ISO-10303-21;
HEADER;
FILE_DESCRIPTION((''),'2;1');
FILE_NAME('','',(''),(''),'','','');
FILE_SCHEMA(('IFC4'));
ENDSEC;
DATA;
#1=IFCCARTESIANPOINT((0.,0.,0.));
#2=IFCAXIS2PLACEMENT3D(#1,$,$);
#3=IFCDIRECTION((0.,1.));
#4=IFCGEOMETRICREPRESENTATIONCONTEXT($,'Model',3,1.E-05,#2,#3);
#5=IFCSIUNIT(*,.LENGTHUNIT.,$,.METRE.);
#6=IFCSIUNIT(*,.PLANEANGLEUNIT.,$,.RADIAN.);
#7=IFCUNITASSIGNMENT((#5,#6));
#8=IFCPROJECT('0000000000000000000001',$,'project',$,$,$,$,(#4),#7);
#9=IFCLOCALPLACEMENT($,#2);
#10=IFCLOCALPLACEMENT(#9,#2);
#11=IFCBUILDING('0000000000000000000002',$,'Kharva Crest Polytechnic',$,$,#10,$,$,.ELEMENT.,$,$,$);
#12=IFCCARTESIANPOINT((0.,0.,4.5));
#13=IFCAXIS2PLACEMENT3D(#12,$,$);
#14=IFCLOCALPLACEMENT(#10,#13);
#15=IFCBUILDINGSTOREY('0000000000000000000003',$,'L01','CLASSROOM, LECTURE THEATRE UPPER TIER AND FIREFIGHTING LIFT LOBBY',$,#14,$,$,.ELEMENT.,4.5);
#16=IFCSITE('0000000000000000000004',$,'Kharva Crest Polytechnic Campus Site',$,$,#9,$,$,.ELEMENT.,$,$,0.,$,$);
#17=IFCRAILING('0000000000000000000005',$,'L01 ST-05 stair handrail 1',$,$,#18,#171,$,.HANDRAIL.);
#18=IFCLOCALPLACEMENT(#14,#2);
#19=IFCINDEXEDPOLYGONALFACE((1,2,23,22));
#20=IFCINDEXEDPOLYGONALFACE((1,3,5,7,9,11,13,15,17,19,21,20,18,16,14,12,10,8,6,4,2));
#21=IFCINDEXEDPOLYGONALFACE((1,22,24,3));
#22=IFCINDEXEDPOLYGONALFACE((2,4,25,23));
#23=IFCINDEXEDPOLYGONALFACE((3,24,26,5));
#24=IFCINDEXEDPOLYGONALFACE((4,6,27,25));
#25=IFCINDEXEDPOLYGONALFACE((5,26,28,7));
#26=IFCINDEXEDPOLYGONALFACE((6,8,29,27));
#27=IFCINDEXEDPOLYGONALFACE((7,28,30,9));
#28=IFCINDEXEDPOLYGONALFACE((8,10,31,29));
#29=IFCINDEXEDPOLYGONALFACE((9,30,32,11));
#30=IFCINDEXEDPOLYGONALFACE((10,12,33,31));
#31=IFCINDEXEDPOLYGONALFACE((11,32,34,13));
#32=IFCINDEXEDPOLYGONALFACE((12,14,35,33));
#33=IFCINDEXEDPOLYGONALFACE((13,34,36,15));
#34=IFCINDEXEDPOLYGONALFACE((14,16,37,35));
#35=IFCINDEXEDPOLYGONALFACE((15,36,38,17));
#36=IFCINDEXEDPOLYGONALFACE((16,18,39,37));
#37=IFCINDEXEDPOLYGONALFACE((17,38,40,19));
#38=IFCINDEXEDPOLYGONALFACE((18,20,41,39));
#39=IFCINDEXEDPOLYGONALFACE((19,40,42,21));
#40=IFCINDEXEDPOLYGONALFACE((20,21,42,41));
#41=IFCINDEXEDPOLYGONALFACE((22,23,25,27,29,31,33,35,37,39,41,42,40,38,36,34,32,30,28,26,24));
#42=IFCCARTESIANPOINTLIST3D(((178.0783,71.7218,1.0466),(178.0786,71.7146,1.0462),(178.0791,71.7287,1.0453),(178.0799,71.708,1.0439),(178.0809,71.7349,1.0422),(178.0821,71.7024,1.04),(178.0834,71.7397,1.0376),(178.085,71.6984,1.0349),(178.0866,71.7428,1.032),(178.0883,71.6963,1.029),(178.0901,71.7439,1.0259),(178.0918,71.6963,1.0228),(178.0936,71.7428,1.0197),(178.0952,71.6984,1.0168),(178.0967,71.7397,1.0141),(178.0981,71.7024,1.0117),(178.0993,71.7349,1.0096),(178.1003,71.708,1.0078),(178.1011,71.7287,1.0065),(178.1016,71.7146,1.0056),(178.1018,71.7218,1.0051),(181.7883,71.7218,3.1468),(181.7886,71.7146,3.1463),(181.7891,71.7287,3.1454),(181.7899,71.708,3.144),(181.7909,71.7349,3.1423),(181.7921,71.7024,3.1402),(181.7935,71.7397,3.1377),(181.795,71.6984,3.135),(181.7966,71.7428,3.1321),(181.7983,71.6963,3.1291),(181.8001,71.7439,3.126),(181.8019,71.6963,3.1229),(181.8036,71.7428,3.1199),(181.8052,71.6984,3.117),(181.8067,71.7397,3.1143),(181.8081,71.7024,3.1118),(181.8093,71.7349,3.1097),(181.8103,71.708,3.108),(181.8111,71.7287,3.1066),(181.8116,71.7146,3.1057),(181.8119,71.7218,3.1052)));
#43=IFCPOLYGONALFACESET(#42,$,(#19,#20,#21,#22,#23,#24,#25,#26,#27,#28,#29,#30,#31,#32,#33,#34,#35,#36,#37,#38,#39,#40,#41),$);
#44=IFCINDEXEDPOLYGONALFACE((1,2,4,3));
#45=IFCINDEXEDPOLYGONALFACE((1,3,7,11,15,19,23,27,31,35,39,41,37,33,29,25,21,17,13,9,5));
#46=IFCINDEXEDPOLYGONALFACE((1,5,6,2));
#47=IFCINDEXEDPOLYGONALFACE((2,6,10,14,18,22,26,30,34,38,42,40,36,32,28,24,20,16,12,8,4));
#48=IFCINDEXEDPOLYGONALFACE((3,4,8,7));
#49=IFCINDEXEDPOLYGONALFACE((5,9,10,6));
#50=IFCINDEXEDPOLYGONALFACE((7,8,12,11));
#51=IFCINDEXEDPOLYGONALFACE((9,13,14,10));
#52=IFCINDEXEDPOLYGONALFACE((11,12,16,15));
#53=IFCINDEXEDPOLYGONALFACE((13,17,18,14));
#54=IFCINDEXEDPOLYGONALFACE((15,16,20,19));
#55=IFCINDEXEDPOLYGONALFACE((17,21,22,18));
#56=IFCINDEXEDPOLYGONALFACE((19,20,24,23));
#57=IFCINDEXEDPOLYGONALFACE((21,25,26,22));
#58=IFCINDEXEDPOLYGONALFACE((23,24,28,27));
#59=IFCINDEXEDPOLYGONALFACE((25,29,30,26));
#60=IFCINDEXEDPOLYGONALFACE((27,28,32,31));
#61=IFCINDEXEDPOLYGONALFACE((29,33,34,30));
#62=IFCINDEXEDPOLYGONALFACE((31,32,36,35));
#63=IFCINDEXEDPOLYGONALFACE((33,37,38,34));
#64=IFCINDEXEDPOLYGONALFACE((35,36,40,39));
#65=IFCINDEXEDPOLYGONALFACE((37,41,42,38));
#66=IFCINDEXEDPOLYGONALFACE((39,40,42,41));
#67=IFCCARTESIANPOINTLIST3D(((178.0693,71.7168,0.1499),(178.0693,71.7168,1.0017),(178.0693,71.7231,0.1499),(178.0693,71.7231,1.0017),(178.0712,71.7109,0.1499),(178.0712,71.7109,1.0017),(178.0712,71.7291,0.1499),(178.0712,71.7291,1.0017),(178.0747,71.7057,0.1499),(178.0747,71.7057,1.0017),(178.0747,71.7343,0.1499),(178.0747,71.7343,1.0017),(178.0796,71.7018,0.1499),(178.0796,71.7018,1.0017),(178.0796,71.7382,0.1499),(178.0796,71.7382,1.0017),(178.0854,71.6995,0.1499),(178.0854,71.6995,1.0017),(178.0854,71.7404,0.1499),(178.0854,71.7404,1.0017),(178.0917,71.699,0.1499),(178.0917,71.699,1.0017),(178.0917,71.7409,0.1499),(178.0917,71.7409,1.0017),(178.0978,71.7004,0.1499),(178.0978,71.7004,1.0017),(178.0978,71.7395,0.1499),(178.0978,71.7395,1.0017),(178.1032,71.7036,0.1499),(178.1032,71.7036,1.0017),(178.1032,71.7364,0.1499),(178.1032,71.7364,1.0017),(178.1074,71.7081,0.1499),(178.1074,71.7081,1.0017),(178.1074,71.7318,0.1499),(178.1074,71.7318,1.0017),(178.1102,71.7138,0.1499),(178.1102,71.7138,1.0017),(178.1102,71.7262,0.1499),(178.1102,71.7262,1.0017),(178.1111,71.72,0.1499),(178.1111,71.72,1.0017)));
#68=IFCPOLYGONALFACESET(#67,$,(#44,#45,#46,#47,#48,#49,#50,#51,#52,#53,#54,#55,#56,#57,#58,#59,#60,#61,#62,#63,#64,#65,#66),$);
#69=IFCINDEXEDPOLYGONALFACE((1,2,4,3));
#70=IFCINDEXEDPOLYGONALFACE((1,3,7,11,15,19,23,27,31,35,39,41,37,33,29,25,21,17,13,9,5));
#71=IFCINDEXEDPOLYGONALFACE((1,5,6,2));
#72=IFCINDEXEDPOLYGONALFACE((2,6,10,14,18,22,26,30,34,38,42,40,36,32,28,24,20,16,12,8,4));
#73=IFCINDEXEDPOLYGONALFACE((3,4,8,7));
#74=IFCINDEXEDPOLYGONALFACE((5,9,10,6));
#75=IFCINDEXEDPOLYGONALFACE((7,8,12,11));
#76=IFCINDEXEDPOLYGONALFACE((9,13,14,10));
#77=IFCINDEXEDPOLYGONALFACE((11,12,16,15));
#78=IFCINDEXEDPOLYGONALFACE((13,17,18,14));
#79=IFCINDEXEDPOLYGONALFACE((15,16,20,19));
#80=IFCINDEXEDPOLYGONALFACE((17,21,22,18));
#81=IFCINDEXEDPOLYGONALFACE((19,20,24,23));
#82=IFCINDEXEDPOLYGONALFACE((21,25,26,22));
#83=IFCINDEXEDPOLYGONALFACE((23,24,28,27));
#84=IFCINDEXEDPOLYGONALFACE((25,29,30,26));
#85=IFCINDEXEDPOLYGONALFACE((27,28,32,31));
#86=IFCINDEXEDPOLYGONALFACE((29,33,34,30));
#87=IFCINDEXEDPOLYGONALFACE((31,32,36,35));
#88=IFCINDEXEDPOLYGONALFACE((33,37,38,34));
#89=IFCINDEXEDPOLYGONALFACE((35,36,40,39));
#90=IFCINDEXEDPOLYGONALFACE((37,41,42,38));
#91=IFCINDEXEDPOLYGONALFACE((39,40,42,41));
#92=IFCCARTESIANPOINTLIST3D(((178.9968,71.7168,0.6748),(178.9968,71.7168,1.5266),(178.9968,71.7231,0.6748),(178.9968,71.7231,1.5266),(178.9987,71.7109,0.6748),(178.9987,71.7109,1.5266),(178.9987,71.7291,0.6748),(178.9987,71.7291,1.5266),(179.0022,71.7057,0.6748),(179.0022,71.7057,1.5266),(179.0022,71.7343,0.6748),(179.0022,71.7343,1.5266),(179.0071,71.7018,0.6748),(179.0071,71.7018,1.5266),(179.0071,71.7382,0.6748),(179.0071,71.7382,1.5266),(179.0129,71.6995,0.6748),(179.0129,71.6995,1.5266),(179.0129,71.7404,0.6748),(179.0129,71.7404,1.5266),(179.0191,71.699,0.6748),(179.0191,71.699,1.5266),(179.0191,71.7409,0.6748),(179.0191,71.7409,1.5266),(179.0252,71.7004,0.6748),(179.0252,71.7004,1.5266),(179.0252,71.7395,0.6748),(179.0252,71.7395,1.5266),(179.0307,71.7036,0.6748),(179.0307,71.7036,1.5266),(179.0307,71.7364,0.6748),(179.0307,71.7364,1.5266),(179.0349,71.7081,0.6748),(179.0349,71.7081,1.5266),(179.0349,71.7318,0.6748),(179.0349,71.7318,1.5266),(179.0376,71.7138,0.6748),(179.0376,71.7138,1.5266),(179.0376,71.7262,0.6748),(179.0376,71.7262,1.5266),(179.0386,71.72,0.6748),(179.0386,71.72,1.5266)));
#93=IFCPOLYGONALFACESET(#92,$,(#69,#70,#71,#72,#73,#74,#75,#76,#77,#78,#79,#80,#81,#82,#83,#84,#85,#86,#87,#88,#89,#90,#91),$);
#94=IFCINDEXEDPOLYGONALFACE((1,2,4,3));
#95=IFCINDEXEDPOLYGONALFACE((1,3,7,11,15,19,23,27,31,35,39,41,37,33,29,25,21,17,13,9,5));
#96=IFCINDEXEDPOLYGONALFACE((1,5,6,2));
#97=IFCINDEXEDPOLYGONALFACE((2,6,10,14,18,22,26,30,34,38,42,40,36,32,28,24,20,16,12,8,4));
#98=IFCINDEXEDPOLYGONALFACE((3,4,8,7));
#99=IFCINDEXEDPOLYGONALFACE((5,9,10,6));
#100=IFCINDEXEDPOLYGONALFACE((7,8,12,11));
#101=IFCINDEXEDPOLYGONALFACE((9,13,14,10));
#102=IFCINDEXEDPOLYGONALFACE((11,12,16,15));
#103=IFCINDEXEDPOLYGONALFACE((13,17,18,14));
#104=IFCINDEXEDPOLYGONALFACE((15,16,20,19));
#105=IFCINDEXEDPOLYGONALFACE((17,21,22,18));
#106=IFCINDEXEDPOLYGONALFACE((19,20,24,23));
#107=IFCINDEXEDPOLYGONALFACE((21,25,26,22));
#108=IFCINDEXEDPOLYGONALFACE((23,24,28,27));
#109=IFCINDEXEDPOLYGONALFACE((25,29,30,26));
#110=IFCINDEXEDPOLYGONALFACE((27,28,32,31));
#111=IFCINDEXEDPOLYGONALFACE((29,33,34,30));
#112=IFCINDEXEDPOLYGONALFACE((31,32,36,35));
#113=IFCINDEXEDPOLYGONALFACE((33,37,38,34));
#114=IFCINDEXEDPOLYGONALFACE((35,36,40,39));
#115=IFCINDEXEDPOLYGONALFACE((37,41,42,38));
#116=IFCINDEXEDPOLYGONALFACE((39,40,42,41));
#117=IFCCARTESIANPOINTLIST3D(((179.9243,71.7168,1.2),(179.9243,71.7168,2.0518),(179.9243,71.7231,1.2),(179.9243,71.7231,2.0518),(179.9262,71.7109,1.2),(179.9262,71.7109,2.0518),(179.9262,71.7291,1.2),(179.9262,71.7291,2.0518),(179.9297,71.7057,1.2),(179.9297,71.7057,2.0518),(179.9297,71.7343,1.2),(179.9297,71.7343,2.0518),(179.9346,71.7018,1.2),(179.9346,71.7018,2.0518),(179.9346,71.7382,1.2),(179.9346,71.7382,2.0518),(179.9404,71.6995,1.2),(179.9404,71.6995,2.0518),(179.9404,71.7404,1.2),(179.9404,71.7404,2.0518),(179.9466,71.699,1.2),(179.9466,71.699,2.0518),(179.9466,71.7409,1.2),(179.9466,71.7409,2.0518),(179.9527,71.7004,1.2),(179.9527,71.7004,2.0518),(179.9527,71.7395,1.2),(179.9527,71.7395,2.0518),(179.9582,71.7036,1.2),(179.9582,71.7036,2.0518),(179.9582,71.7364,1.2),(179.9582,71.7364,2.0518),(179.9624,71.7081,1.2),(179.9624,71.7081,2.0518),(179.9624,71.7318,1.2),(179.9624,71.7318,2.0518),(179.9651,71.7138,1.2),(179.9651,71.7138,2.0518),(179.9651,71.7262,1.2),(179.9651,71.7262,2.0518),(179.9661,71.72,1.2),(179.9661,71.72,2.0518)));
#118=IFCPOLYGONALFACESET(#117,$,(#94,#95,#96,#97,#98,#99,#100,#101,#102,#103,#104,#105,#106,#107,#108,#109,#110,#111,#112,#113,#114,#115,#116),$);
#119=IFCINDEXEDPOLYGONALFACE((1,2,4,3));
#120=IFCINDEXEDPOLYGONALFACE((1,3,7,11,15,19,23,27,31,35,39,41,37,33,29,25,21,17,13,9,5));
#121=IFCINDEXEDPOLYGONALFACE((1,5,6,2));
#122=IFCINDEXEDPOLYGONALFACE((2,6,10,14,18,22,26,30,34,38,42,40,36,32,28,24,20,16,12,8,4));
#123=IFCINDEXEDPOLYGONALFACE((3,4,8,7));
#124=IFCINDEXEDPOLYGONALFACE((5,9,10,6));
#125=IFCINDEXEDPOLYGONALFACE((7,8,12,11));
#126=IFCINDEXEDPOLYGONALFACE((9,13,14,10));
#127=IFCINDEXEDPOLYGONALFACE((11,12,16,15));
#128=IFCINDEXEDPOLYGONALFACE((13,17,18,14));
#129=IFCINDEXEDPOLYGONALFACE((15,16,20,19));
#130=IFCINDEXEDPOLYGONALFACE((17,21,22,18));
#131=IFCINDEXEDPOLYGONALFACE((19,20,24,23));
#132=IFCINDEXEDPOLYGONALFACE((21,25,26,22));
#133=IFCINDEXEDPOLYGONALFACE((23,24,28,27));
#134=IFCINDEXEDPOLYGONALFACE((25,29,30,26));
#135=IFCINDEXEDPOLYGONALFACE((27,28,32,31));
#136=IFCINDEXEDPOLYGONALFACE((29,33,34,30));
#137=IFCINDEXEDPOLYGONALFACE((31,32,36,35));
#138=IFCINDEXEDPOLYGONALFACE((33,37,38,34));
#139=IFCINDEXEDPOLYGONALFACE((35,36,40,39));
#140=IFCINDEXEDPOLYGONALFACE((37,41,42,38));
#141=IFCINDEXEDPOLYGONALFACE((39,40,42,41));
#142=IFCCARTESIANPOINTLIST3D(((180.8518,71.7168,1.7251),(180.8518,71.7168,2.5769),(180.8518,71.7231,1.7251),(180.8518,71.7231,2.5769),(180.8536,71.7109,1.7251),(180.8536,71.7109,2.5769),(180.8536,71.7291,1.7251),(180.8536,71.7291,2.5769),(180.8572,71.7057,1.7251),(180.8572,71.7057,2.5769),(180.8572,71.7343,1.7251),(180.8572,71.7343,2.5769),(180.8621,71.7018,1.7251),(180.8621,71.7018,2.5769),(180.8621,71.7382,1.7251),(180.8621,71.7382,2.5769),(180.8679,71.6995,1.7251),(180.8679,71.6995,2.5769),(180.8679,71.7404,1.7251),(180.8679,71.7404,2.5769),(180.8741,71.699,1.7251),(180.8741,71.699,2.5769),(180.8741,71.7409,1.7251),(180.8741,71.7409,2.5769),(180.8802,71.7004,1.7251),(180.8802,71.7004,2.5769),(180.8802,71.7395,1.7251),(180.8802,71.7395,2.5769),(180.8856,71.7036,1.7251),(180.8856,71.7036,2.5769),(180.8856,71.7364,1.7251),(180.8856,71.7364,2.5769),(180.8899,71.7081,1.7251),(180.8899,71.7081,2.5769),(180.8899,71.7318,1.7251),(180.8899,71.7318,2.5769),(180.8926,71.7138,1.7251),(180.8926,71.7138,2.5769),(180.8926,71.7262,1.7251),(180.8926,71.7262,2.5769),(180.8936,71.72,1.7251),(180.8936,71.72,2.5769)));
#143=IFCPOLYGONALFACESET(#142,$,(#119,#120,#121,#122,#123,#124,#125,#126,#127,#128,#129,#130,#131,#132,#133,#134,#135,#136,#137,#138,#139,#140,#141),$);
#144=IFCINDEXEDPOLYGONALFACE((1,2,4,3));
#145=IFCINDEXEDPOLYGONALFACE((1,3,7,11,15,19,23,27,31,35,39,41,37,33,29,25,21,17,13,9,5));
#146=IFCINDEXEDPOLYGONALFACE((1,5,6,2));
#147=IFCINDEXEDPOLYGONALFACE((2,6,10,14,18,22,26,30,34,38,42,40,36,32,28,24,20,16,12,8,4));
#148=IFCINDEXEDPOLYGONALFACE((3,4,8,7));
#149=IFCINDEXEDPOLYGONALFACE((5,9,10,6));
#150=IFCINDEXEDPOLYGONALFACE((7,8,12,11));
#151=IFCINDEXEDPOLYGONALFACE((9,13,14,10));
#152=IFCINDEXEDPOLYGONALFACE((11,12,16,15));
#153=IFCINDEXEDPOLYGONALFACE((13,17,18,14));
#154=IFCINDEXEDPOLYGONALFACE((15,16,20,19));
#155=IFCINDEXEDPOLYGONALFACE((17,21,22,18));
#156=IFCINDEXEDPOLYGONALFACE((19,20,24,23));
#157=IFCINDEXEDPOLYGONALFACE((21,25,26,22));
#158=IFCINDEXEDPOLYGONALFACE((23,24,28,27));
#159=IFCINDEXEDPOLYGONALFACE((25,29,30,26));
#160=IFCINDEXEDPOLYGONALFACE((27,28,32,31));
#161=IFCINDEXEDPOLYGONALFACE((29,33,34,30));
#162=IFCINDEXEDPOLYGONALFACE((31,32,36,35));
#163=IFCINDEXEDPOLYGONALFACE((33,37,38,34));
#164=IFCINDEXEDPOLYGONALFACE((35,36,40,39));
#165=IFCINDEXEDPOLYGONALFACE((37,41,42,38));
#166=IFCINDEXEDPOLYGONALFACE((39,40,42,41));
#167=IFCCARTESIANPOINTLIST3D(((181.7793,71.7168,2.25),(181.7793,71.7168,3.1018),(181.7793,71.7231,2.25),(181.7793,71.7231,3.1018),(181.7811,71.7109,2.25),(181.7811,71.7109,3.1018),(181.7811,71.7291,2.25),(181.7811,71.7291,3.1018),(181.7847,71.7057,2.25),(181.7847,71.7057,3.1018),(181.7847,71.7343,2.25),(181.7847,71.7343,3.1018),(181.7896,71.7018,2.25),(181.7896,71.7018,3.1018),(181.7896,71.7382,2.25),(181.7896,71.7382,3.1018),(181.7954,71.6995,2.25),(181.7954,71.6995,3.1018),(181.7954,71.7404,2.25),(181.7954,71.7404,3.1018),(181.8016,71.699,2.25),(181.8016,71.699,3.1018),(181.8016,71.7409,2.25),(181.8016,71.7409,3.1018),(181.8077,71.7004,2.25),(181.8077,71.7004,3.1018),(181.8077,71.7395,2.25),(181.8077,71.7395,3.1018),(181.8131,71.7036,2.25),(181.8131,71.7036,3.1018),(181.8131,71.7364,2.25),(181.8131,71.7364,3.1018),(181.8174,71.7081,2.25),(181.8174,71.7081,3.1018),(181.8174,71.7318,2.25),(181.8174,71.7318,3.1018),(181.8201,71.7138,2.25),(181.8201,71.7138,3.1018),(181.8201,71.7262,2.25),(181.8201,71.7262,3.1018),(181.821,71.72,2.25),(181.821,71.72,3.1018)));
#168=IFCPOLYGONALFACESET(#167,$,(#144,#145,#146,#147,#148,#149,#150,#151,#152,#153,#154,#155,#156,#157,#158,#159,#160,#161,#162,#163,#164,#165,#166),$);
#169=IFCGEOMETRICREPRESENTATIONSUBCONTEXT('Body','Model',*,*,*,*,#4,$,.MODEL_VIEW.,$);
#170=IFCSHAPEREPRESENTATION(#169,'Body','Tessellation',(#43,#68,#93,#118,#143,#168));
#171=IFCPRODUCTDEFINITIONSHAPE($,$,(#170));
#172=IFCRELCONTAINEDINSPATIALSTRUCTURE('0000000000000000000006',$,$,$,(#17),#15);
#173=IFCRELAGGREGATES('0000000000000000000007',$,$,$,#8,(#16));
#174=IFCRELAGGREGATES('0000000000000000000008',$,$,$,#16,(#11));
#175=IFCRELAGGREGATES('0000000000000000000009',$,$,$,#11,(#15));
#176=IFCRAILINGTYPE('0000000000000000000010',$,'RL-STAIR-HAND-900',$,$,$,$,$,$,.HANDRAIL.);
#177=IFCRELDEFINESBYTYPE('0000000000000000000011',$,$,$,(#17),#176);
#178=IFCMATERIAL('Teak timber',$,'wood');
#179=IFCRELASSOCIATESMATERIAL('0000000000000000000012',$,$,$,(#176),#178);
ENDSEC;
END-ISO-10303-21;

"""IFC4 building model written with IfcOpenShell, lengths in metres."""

from ifc_helpers import new_model, si_unit, direction, frame, origin, origin_2d, place, context, subcontext, project, spatial, circle, extrude, material, type_object, element, save


model = new_model("IFC4")

# Units and contexts
model_context = context("Model", 3, precision=1e-05, world=origin(), true_north=direction((0.0, 1.0)))
body_context = subcontext(model_context, "Body", "Model", "MODEL_VIEW")
ifc_project = project(units=[si_unit("LENGTHUNIT", "METRE"), si_unit("PLANEANGLEUNIT", "RADIAN")], contexts=[model_context])

# Site, building, storey
site_placement = place(None, origin())
site = spatial("IfcSite", under=ifc_project, at=site_placement, Name="Kharva Crest Polytechnic Campus Site", CompositionType="ELEMENT", RefElevation=0.0)
building_placement = place(site_placement, origin())
building = spatial("IfcBuilding", under=site, at=building_placement, Name="Kharva Crest Polytechnic", CompositionType="ELEMENT")
storey_placement = place(building_placement, frame((0.0, 0.0, 4.5)))
storey = spatial("IfcBuildingStorey", under=building, at=storey_placement, Name="L01", Description="CLASSROOM, LECTURE THEATRE UPPER TIER AND FIREFIGHTING LIFT LOBBY", CompositionType="ELEMENT", Elevation=4.5)

# Shared definitions
ifc_material_1 = material(Name="Teak timber", Category="wood")

# Railing
railing_type = type_object("IfcRailingType", Name="RL-STAIR-HAND-900", PredefinedType="HANDRAIL", material=ifc_material_1)
railing_placement = place(storey_placement, frame((178.0901, 71.72, 0.1499)))
element("IfcRailing", 1, at=railing_placement, inside=storey, type_object=railing_type, Name="L01 ST-05 stair handrail 1", PredefinedType="HANDRAIL", context=body_context, shape_type="SweptSolid", body=[
    extrude(circle(Radius=0.0239, at=origin_2d()), frame((0.0, 0.0, 0.876), z_axis=(0.870245, 0.0, 0.492619), x_axis=(0.0, 1.0, 0.0)), (0.0, 0.0, 1.0), 4.2632),
    extrude(circle(Radius=0.021, at=origin_2d()), origin(), (0.0, 0.0, 1.0), 0.8518),
    extrude(circle(Radius=0.021, at=origin_2d()), frame((0.9275, 0.0, 0.5249)), (0.0, 0.0, 1.0), 0.8518),
    extrude(circle(Radius=0.021, at=origin_2d()), frame((1.855, 0.0, 1.05)), (0.0, 0.0, 1.0), 0.8518),
    extrude(circle(Radius=0.021, at=origin_2d()), frame((2.7825, 0.0, 1.5752)), (0.0, 0.0, 1.0), 0.8518),
    extrude(circle(Radius=0.021, at=origin_2d()), frame((3.71, 0.0, 2.1001)), (0.0, 0.0, 1.0), 0.8518),
])

save(model, "model.ifc")
